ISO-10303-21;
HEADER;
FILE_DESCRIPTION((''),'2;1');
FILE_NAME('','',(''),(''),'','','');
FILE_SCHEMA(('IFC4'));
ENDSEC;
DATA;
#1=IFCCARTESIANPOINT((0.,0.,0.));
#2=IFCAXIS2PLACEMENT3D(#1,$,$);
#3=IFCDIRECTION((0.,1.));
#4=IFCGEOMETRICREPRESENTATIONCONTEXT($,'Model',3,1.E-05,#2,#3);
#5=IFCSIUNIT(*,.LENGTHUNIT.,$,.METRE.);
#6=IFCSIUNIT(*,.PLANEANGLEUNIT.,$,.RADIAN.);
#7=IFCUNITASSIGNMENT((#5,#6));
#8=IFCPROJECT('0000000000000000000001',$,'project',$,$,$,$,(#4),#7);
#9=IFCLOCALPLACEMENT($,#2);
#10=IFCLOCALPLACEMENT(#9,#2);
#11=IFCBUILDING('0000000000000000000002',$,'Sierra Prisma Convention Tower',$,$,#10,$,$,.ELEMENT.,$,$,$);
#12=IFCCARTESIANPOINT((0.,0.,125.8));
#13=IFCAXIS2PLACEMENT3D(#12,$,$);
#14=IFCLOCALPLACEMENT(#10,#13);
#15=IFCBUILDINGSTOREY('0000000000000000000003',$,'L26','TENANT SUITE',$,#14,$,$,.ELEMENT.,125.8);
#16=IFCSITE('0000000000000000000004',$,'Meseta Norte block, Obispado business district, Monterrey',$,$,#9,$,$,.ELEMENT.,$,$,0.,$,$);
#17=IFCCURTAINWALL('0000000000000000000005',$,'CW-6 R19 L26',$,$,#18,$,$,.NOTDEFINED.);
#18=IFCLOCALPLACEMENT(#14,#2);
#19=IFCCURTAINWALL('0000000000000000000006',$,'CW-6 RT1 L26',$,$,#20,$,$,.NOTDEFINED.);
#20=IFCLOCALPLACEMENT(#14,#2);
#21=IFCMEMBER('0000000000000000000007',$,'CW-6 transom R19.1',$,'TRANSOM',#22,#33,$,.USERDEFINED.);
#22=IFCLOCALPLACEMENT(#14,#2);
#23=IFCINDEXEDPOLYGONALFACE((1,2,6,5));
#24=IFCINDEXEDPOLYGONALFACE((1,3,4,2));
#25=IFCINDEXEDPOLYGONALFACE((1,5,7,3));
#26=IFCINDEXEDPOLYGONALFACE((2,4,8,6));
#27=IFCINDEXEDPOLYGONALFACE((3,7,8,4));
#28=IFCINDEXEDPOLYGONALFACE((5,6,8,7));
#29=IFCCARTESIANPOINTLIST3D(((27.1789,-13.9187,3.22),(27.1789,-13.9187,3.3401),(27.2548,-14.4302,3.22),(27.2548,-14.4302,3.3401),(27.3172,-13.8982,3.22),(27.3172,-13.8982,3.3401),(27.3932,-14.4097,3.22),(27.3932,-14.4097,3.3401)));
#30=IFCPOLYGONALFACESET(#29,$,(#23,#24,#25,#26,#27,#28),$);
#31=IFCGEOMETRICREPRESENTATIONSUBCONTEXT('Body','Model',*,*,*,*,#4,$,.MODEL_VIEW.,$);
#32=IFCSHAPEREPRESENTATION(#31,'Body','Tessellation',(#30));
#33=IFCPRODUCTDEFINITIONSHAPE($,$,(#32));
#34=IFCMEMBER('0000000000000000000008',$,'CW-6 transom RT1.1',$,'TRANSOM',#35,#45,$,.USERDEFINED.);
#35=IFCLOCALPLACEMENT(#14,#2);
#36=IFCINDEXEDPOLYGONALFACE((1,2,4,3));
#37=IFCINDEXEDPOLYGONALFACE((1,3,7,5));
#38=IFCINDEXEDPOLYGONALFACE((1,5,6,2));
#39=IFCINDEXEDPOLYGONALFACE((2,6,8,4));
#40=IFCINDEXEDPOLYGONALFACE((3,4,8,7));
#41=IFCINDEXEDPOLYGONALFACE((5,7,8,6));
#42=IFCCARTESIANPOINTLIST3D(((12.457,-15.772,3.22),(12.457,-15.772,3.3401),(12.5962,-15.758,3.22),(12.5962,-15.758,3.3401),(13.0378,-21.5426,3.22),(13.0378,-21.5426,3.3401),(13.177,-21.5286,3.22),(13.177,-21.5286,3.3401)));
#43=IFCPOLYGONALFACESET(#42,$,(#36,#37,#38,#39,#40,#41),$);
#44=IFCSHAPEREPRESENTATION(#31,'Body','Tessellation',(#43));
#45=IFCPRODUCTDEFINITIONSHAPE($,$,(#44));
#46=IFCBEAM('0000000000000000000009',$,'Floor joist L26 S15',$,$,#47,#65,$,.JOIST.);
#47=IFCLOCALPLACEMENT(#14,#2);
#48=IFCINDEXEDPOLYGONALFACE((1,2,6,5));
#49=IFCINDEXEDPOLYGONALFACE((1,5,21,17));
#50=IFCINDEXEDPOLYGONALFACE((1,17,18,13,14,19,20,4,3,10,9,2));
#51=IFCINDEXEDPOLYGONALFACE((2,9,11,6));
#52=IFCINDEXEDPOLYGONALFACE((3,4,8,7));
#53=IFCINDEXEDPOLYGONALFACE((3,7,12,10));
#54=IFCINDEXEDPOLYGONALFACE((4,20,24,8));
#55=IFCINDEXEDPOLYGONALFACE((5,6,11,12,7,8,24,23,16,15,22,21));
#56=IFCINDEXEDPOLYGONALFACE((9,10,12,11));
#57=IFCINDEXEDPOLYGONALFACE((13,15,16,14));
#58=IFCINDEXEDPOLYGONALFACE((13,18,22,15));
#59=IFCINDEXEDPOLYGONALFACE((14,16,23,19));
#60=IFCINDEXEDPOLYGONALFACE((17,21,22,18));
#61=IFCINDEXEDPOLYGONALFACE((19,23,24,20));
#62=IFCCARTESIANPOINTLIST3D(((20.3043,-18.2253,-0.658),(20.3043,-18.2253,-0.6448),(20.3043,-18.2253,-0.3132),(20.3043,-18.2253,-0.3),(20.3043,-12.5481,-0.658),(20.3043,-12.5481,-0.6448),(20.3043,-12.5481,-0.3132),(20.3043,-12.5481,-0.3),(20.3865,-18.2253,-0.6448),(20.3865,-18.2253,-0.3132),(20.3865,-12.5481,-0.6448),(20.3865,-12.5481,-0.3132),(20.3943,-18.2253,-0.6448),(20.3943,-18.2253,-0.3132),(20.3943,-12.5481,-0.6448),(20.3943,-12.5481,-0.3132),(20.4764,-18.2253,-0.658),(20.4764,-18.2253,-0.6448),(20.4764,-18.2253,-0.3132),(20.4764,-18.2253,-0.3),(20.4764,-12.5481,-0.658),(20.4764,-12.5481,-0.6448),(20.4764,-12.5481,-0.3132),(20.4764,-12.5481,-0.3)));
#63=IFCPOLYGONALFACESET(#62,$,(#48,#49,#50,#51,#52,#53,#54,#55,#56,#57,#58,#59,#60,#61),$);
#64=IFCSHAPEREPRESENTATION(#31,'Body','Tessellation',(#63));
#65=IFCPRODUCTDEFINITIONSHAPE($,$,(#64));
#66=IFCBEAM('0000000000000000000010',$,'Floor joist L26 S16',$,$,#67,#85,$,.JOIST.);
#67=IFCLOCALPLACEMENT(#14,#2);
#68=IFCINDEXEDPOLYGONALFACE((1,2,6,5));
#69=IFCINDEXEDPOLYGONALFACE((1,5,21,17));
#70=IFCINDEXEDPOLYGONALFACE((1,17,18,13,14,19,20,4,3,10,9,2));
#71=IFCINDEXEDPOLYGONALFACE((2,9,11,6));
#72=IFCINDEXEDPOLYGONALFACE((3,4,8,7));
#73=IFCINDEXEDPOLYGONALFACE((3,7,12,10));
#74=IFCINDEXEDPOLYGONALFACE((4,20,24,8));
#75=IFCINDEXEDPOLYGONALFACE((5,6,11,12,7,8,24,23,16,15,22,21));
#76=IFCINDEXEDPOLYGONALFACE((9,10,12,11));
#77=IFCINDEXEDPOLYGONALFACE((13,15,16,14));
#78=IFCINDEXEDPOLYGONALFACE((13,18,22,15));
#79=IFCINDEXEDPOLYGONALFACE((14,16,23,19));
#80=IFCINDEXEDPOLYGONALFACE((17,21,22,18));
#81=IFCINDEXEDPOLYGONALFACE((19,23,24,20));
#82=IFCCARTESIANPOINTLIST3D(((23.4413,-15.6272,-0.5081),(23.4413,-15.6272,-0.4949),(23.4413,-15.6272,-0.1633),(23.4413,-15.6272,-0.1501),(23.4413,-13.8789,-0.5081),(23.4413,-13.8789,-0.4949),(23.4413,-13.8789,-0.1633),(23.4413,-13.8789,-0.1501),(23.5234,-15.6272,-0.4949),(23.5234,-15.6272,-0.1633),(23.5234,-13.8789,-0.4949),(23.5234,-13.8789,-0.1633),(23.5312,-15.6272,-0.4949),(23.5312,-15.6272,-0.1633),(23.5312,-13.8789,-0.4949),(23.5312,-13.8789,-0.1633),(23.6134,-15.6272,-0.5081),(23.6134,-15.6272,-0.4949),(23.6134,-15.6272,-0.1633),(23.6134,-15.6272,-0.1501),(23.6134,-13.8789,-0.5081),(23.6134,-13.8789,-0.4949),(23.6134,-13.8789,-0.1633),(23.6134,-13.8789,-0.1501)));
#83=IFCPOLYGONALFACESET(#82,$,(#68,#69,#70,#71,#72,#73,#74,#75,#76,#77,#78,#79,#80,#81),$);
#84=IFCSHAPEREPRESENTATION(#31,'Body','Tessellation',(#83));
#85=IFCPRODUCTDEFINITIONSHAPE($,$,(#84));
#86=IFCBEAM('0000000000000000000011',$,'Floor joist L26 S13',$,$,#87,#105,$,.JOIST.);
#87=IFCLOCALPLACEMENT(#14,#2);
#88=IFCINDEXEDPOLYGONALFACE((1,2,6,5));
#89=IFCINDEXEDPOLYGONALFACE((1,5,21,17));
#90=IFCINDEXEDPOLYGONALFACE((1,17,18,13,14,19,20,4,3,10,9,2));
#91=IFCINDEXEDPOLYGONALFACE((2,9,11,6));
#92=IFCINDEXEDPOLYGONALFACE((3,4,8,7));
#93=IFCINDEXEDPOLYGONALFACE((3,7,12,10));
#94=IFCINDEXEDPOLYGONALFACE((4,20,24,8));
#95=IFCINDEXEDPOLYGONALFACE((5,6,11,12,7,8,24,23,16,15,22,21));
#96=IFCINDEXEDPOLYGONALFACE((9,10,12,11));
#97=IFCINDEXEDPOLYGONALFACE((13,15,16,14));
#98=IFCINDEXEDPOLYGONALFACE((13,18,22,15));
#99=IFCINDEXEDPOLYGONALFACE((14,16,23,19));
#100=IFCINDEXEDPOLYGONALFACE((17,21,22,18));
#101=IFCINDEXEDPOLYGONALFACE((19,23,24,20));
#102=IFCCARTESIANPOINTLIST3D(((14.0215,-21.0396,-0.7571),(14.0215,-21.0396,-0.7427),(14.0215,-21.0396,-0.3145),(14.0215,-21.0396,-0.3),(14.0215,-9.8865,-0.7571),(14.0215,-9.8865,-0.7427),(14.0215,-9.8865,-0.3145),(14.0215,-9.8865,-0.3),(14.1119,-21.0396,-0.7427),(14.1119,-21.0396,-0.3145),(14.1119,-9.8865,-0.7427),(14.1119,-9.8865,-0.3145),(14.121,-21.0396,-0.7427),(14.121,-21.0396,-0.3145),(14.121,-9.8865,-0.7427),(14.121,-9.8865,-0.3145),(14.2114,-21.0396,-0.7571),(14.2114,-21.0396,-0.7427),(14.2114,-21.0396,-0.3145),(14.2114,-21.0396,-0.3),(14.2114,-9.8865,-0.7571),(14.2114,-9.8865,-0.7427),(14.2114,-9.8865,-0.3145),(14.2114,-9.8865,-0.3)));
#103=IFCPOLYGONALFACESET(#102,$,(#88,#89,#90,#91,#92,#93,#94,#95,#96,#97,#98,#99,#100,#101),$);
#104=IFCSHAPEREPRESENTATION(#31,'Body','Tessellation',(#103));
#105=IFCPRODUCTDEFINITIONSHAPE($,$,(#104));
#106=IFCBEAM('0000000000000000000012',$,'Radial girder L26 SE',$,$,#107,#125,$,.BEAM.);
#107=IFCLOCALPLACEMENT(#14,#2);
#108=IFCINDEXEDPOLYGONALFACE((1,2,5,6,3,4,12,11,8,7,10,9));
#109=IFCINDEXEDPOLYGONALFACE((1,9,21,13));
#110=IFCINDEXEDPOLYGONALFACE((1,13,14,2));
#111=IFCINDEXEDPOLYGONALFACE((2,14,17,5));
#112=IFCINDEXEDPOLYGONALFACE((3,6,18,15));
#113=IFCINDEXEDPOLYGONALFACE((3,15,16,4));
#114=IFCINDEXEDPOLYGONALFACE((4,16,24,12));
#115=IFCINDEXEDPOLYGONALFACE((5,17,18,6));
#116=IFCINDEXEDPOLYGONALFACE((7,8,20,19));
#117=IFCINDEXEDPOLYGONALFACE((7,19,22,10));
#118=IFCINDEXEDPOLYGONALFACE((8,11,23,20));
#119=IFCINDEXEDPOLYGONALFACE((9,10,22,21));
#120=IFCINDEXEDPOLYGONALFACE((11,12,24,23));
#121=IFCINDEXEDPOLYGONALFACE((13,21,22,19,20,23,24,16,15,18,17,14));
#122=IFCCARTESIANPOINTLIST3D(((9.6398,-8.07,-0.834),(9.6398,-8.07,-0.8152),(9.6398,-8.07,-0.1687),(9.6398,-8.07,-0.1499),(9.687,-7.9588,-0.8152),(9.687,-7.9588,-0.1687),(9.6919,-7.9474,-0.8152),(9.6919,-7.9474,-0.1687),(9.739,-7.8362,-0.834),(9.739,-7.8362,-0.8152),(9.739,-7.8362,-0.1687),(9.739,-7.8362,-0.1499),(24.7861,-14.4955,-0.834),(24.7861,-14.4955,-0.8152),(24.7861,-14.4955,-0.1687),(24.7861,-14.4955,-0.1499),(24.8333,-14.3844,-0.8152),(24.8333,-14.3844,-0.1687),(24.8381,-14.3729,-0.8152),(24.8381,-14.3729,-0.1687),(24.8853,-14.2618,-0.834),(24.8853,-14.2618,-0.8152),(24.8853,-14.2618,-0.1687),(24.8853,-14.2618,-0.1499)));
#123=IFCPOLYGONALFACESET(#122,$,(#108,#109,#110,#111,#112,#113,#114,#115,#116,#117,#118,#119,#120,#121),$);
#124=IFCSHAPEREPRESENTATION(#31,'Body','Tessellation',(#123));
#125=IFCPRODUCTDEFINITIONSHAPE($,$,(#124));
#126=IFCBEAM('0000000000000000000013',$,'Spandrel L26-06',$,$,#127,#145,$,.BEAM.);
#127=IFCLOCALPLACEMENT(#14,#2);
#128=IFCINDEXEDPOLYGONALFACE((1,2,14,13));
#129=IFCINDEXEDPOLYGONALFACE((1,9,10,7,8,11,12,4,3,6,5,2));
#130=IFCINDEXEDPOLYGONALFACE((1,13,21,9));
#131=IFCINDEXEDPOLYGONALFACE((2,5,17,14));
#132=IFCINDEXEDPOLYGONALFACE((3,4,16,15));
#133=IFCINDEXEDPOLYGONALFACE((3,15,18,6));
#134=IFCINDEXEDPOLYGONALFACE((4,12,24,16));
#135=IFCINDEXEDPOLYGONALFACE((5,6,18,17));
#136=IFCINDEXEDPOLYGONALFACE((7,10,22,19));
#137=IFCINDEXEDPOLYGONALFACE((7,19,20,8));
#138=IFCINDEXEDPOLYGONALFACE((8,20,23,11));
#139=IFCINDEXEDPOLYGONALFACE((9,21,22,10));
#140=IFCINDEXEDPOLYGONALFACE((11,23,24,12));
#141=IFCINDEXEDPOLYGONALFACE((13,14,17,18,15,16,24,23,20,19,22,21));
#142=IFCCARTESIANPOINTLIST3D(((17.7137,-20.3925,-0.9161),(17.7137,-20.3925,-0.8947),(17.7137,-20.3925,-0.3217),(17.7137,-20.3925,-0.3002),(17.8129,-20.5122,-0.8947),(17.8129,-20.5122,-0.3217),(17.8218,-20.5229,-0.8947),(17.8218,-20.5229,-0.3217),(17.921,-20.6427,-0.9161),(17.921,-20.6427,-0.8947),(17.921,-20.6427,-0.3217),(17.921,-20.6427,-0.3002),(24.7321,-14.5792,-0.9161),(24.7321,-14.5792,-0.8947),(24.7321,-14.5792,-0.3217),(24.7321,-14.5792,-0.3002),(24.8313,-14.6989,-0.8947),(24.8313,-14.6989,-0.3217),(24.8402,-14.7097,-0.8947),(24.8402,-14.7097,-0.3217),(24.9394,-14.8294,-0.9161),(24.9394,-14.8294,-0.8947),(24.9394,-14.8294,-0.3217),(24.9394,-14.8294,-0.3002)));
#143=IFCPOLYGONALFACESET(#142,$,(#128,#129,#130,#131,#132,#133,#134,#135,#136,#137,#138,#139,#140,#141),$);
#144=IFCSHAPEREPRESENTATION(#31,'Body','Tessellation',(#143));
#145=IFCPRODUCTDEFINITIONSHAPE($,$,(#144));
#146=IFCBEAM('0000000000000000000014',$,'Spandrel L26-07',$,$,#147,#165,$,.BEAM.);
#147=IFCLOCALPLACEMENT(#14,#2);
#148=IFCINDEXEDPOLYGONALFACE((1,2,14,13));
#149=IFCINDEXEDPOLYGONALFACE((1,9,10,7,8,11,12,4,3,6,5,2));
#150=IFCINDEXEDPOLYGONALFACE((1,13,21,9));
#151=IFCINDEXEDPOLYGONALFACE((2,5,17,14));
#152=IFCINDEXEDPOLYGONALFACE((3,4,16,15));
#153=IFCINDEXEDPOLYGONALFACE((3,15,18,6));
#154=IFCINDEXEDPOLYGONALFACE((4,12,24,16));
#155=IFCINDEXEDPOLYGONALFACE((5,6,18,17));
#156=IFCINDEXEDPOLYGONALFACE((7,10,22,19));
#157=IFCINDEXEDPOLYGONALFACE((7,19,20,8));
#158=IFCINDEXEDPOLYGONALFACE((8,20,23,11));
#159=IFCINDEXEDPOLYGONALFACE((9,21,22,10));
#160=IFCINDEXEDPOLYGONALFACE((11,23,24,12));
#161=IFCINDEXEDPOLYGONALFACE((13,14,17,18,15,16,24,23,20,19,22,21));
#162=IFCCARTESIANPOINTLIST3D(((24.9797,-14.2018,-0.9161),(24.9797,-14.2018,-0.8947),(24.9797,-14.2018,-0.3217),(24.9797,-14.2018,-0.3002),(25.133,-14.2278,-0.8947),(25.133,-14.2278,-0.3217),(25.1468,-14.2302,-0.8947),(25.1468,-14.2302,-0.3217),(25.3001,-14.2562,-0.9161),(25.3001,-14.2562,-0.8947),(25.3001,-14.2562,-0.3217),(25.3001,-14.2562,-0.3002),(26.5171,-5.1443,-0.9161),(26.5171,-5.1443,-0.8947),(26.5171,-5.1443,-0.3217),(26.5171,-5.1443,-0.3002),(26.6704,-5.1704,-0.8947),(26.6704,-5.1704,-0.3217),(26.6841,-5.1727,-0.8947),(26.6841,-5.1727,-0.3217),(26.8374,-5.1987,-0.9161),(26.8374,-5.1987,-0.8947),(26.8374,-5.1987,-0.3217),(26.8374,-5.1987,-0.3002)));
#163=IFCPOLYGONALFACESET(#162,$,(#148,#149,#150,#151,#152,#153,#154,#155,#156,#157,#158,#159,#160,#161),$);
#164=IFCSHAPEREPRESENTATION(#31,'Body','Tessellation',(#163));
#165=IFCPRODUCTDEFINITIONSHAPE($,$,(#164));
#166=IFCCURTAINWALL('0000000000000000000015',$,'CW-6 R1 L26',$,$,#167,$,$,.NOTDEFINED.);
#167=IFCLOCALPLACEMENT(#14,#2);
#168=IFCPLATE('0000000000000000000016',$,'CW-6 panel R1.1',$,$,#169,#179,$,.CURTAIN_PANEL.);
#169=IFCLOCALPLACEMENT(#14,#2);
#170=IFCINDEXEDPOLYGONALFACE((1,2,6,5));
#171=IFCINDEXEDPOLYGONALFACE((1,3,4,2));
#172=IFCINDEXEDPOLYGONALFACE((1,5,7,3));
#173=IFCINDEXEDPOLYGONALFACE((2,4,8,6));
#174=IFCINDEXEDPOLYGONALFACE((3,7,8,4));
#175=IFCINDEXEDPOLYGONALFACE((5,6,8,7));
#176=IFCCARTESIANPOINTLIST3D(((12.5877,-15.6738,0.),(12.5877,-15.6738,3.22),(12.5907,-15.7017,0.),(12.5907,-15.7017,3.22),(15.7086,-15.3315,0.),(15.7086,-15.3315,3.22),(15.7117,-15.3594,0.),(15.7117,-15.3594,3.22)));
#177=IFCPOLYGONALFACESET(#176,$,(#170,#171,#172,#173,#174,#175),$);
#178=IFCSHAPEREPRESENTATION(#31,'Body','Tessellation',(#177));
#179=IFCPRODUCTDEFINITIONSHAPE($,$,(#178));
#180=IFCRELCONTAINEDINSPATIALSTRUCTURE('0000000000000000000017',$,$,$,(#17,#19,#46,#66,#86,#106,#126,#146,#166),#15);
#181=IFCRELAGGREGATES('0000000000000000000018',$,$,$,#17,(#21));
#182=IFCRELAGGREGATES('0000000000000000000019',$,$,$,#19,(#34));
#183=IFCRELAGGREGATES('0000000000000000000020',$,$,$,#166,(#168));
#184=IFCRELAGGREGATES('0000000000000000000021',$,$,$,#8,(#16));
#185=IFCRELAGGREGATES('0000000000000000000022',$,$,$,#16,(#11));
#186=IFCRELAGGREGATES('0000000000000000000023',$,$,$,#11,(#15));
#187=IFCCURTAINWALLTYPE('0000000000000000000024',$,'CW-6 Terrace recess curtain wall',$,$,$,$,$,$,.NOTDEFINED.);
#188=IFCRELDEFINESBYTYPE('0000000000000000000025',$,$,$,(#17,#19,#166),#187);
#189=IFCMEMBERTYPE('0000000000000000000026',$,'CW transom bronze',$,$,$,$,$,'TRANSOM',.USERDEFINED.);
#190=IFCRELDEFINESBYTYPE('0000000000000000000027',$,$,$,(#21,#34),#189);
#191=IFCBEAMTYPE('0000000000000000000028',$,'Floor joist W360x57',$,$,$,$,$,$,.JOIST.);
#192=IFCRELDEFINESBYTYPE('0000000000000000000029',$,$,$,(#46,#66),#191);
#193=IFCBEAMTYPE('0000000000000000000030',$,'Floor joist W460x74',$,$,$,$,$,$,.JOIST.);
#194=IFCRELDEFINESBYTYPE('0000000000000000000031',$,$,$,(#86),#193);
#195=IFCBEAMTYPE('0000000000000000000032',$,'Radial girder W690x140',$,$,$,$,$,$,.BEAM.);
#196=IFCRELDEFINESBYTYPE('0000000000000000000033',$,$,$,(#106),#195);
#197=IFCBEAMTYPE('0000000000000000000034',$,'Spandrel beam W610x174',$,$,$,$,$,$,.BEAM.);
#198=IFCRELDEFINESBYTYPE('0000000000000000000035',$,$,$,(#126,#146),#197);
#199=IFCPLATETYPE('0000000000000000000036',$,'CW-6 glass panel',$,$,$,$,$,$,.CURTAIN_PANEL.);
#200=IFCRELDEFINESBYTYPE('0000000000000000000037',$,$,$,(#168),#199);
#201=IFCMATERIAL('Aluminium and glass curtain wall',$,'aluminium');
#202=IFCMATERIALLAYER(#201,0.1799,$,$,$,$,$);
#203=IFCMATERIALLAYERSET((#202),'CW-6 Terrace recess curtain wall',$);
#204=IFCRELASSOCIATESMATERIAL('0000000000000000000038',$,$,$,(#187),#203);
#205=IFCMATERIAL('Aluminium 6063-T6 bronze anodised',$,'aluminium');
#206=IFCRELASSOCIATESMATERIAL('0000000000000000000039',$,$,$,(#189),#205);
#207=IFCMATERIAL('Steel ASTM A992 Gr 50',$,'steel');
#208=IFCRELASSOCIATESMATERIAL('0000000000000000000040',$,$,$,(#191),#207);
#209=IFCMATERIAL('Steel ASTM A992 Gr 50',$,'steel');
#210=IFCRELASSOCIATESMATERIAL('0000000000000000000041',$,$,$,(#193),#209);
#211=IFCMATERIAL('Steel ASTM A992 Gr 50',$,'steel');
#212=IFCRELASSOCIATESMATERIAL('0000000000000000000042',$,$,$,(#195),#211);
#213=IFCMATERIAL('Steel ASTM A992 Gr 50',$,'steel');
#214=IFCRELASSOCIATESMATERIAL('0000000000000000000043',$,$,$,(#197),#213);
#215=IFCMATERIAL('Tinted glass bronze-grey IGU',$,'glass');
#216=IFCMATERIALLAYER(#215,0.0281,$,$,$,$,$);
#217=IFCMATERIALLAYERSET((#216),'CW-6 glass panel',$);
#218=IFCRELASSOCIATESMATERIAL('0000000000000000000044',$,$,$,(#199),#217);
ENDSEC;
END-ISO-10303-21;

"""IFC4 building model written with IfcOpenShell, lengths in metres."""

from ifc_helpers import new_model, si_unit, direction, frame, origin, origin_2d, place, context, subcontext, project, spatial, rectangle, i_section, extrude, material, layer, layer_set, material_profile, profile_set, type_object, element, aggregate, save


model = new_model("IFC4")

# Units and contexts
model_context = context("Model", 3, precision=1e-05, world=origin(), true_north=direction((0.0, 1.0)))
body_context = subcontext(model_context, "Body", "Model", "MODEL_VIEW")
ifc_project = project(units=[si_unit("LENGTHUNIT", "METRE"), si_unit("PLANEANGLEUNIT", "RADIAN")], contexts=[model_context])

# Site, building, storey
site_placement = place(None, origin())
site = spatial("IfcSite", under=ifc_project, at=site_placement, Name="Meseta Norte block, Obispado business district, Monterrey", CompositionType="ELEMENT", RefElevation=0.0)
building_placement = place(site_placement, origin())
building = spatial("IfcBuilding", under=site, at=building_placement, Name="Sierra Prisma Convention Tower", CompositionType="ELEMENT")
storey_placement = place(building_placement, frame((0.0, 0.0, 125.8)))
storey = spatial("IfcBuildingStorey", under=building, at=storey_placement, Name="L26", Description="TENANT SUITE", CompositionType="ELEMENT", Elevation=125.8)

# Curtain walls
ifc_material_1 = material(Name="Aluminium and glass curtain wall", Category="aluminium")
ifc_layer_1 = layer(ifc_material_1, 0.1799)
ifc_layer_set_1 = layer_set([ifc_layer_1], Name="CW-6 Terrace recess curtain wall")
curtain_wall_type = type_object("IfcCurtainWallType", Name="CW-6 Terrace recess curtain wall", PredefinedType="NOTDEFINED", material=ifc_layer_set_1)
curtain_wall_1_placement = place(storey_placement, origin())
curtain_wall_1 = element("IfcCurtainWall", 1, at=curtain_wall_1_placement, inside=storey, type_object=curtain_wall_type, Name="CW-6 R19 L26", PredefinedType="NOTDEFINED")
curtain_wall_2_placement = place(storey_placement, origin())
curtain_wall_2 = element("IfcCurtainWall", 2, at=curtain_wall_2_placement, inside=storey, type_object=curtain_wall_type, Name="CW-6 RT1 L26", PredefinedType="NOTDEFINED")

# Members
ifc_material_2 = material(Name="Aluminium 6063-T6 bronze anodised", Category="aluminium")
ifc_material_profile_1 = material_profile(ifc_material_2, rectangle(XDim=0.1399, YDim=0.1201, at=origin_2d()), Name="ALU TRANSOM 120x140")
ifc_profile_set_1 = profile_set([ifc_material_profile_1], Name="Aluminium 6063-T6 bronze anodised")
member_type_1 = type_object("IfcMemberType", Name="CW transom bronze", ElementType="TRANSOM", PredefinedType="USERDEFINED", material=ifc_profile_set_1)
member_1_placement = place(storey_placement, frame((27.324, -14.4199, 3.28), z_axis=(-0.14684, 0.98916, 0.0), x_axis=(-0.98916, -0.14684, 0.0)))
member_1 = element("IfcMember", 3, at=member_1_placement, type_object=member_type_1, Name="CW-6 transom R19.1", ObjectType="TRANSOM", PredefinedType="USERDEFINED", context=body_context, shape_type="SweptSolid", body=[
    extrude(rectangle(XDim=0.1399, YDim=0.1201, at=origin_2d()), origin(), (0.0, 0.0, 1.0), 0.5171),
])
aggregate(curtain_wall_1, [member_1])
member_2_placement = place(storey_placement, frame((13.1074, -21.5356, 3.28), z_axis=(-0.100141, 0.994973, 0.0), x_axis=(-0.994973, -0.100141, 0.0)))
member_2 = element("IfcMember", 4, at=member_2_placement, type_object=member_type_1, Name="CW-6 transom RT1.1", ObjectType="TRANSOM", PredefinedType="USERDEFINED", context=body_context, shape_type="SweptSolid", body=[
    extrude(rectangle(XDim=0.1399, YDim=0.1201, at=origin_2d()), origin(), (0.0, 0.0, 1.0), 5.7998),
])
aggregate(curtain_wall_2, [member_2])

# Beams
ifc_material_3 = material(Name="Steel ASTM A992 Gr 50", Category="steel")
ifc_material_profile_2 = material_profile(ifc_material_3, i_section(OverallWidth=0.1721, OverallDepth=0.3579, WebThickness=0.0078, FlangeThickness=0.0132, at=origin_2d()), Name="W360x57")
ifc_profile_set_2 = profile_set([ifc_material_profile_2], Name="Steel ASTM A992 Gr 50")
beam_type_1 = type_object("IfcBeamType", Name="Floor joist W360x57", PredefinedType="JOIST", material=ifc_profile_set_2)
beam_1_placement = place(storey_placement, frame((20.3904, -18.2253, -0.479), z_axis=(0.0, 1.0, 0.0), x_axis=(-1.0, 0.0, 0.0)))
element("IfcBeam", 5, at=beam_1_placement, inside=storey, type_object=beam_type_1, Name="Floor joist L26 S15", PredefinedType="JOIST", context=body_context, shape_type="SweptSolid", body=[
    extrude(i_section(OverallWidth=0.1721, OverallDepth=0.3579, WebThickness=0.0078, FlangeThickness=0.0132, at=origin_2d()), origin(), (0.0, 0.0, 1.0), 5.6772),
])
beam_2_placement = place(storey_placement, frame((23.5273, -15.6272, -0.3291), z_axis=(0.0, 1.0, 0.0), x_axis=(-1.0, 0.0, 0.0)))
element("IfcBeam", 6, at=beam_2_placement, inside=storey, type_object=beam_type_1, Name="Floor joist L26 S16", PredefinedType="JOIST", context=body_context, shape_type="SweptSolid", body=[
    extrude(i_section(OverallWidth=0.1721, OverallDepth=0.3579, WebThickness=0.0078, FlangeThickness=0.0132, at=origin_2d()), origin(), (0.0, 0.0, 1.0), 1.7483),
])
ifc_material_4 = material(Name="Steel ASTM A992 Gr 50", Category="steel")
ifc_material_profile_3 = material_profile(ifc_material_4, i_section(OverallWidth=0.1899, OverallDepth=0.457, WebThickness=0.009, FlangeThickness=0.0144, at=origin_2d()), Name="W460x74")
ifc_profile_set_3 = profile_set([ifc_material_profile_3], Name="Steel ASTM A992 Gr 50")
beam_type_2 = type_object("IfcBeamType", Name="Floor joist W460x74", PredefinedType="JOIST", material=ifc_profile_set_3)
beam_3_placement = place(storey_placement, frame((14.1165, -21.0396, -0.5286), z_axis=(0.0, 1.0, 0.0), x_axis=(-1.0, 0.0, 0.0)))
element("IfcBeam", 7, at=beam_3_placement, inside=storey, type_object=beam_type_2, Name="Floor joist L26 S13", PredefinedType="JOIST", context=body_context, shape_type="SweptSolid", body=[
    extrude(i_section(OverallWidth=0.1899, OverallDepth=0.457, WebThickness=0.009, FlangeThickness=0.0144, at=origin_2d()), origin(), (0.0, 0.0, 1.0), 11.1531),
])
ifc_material_5 = material(Name="Steel ASTM A992 Gr 50", Category="steel")
ifc_material_profile_4 = material_profile(ifc_material_5, i_section(OverallWidth=0.2539, OverallDepth=0.6841, WebThickness=0.0125, FlangeThickness=0.0188, at=origin_2d()), Name="W690x140")
ifc_profile_set_4 = profile_set([ifc_material_profile_4], Name="Steel ASTM A992 Gr 50")
beam_type_3 = type_object("IfcBeamType", Name="Radial girder W690x140", PredefinedType="BEAM", material=ifc_profile_set_4)
beam_4_placement = place(storey_placement, frame((24.8357, -14.3787, -0.4919), z_axis=(-0.920585, 0.390543, 0.0), x_axis=(-0.390543, -0.920585, 0.0)))
element("IfcBeam", 8, at=beam_4_placement, inside=storey, type_object=beam_type_3, Name="Radial girder L26 SE", PredefinedType="BEAM", context=body_context, shape_type="SweptSolid", body=[
    extrude(i_section(OverallWidth=0.2539, OverallDepth=0.6841, WebThickness=0.0125, FlangeThickness=0.0188, at=origin_2d()), origin(), (0.0, 0.0, 1.0), 16.4529),
])
ifc_material_6 = material(Name="Steel ASTM A992 Gr 50", Category="steel")
ifc_material_profile_5 = material_profile(ifc_material_6, i_section(OverallWidth=0.325, OverallDepth=0.616, WebThickness=0.0139, FlangeThickness=0.0215, at=origin_2d()), Name="W610x174")
ifc_profile_set_5 = profile_set([ifc_material_profile_5], Name="Steel ASTM A992 Gr 50")
beam_type_4 = type_object("IfcBeamType", Name="Spandrel beam W610x174", PredefinedType="BEAM", material=ifc_profile_set_5)
beam_5_placement = place(storey_placement, frame((17.8174, -20.5176, -0.6082), z_axis=(0.770126, 0.637892, 0.0), x_axis=(-0.637892, 0.770126, 0.0)))
element("IfcBeam", 9, at=beam_5_placement, inside=storey, type_object=beam_type_4, Name="Spandrel L26-06", PredefinedType="BEAM", context=body_context, shape_type="SweptSolid", body=[
    extrude(i_section(OverallWidth=0.325, OverallDepth=0.616, WebThickness=0.0139, FlangeThickness=0.0215, at=origin_2d()), origin(), (0.0, 0.0, 1.0), 9.1133),
])
beam_6_placement = place(storey_placement, frame((25.1399, -14.229, -0.6082), z_axis=(0.167342, 0.985899, 0.0), x_axis=(-0.985899, 0.167342, 0.0)))
element("IfcBeam", 10, at=beam_6_placement, inside=storey, type_object=beam_type_4, Name="Spandrel L26-07", PredefinedType="BEAM", context=body_context, shape_type="SweptSolid", body=[
    extrude(i_section(OverallWidth=0.325, OverallDepth=0.616, WebThickness=0.0139, FlangeThickness=0.0215, at=origin_2d()), origin(), (0.0, 0.0, 1.0), 9.187),
])

# Curtain wall, plate
curtain_wall_3_placement = place(storey_placement, origin())
curtain_wall_3 = element("IfcCurtainWall", 11, at=curtain_wall_3_placement, inside=storey, type_object=curtain_wall_type, Name="CW-6 R1 L26", PredefinedType="NOTDEFINED")
ifc_material_7 = material(Name="Tinted glass bronze-grey IGU", Category="glass")
ifc_layer_2 = layer(ifc_material_7, 0.0281)
ifc_layer_set_2 = layer_set([ifc_layer_2], Name="CW-6 glass panel")
plate_type = type_object("IfcPlateType", Name="CW-6 glass panel", PredefinedType="CURTAIN_PANEL", material=ifc_layer_set_2)
plate_1_placement = place(storey_placement, frame((14.1497, -15.5166, 0.0), z_axis=(0.0, 0.0, 1.0), x_axis=(0.994042, 0.109002, 0.0)))
plate_1 = element("IfcPlate", 12, at=plate_1_placement, type_object=plate_type, Name="CW-6 panel R1.1", PredefinedType="CURTAIN_PANEL", context=body_context, shape_type="SweptSolid", body=[
    extrude(rectangle(XDim=3.1396, YDim=0.0281, at=origin_2d()), origin(), (0.0, 0.0, 1.0), 3.22),
])
aggregate(curtain_wall_3, [plate_1])

save(model, "model.ifc")
